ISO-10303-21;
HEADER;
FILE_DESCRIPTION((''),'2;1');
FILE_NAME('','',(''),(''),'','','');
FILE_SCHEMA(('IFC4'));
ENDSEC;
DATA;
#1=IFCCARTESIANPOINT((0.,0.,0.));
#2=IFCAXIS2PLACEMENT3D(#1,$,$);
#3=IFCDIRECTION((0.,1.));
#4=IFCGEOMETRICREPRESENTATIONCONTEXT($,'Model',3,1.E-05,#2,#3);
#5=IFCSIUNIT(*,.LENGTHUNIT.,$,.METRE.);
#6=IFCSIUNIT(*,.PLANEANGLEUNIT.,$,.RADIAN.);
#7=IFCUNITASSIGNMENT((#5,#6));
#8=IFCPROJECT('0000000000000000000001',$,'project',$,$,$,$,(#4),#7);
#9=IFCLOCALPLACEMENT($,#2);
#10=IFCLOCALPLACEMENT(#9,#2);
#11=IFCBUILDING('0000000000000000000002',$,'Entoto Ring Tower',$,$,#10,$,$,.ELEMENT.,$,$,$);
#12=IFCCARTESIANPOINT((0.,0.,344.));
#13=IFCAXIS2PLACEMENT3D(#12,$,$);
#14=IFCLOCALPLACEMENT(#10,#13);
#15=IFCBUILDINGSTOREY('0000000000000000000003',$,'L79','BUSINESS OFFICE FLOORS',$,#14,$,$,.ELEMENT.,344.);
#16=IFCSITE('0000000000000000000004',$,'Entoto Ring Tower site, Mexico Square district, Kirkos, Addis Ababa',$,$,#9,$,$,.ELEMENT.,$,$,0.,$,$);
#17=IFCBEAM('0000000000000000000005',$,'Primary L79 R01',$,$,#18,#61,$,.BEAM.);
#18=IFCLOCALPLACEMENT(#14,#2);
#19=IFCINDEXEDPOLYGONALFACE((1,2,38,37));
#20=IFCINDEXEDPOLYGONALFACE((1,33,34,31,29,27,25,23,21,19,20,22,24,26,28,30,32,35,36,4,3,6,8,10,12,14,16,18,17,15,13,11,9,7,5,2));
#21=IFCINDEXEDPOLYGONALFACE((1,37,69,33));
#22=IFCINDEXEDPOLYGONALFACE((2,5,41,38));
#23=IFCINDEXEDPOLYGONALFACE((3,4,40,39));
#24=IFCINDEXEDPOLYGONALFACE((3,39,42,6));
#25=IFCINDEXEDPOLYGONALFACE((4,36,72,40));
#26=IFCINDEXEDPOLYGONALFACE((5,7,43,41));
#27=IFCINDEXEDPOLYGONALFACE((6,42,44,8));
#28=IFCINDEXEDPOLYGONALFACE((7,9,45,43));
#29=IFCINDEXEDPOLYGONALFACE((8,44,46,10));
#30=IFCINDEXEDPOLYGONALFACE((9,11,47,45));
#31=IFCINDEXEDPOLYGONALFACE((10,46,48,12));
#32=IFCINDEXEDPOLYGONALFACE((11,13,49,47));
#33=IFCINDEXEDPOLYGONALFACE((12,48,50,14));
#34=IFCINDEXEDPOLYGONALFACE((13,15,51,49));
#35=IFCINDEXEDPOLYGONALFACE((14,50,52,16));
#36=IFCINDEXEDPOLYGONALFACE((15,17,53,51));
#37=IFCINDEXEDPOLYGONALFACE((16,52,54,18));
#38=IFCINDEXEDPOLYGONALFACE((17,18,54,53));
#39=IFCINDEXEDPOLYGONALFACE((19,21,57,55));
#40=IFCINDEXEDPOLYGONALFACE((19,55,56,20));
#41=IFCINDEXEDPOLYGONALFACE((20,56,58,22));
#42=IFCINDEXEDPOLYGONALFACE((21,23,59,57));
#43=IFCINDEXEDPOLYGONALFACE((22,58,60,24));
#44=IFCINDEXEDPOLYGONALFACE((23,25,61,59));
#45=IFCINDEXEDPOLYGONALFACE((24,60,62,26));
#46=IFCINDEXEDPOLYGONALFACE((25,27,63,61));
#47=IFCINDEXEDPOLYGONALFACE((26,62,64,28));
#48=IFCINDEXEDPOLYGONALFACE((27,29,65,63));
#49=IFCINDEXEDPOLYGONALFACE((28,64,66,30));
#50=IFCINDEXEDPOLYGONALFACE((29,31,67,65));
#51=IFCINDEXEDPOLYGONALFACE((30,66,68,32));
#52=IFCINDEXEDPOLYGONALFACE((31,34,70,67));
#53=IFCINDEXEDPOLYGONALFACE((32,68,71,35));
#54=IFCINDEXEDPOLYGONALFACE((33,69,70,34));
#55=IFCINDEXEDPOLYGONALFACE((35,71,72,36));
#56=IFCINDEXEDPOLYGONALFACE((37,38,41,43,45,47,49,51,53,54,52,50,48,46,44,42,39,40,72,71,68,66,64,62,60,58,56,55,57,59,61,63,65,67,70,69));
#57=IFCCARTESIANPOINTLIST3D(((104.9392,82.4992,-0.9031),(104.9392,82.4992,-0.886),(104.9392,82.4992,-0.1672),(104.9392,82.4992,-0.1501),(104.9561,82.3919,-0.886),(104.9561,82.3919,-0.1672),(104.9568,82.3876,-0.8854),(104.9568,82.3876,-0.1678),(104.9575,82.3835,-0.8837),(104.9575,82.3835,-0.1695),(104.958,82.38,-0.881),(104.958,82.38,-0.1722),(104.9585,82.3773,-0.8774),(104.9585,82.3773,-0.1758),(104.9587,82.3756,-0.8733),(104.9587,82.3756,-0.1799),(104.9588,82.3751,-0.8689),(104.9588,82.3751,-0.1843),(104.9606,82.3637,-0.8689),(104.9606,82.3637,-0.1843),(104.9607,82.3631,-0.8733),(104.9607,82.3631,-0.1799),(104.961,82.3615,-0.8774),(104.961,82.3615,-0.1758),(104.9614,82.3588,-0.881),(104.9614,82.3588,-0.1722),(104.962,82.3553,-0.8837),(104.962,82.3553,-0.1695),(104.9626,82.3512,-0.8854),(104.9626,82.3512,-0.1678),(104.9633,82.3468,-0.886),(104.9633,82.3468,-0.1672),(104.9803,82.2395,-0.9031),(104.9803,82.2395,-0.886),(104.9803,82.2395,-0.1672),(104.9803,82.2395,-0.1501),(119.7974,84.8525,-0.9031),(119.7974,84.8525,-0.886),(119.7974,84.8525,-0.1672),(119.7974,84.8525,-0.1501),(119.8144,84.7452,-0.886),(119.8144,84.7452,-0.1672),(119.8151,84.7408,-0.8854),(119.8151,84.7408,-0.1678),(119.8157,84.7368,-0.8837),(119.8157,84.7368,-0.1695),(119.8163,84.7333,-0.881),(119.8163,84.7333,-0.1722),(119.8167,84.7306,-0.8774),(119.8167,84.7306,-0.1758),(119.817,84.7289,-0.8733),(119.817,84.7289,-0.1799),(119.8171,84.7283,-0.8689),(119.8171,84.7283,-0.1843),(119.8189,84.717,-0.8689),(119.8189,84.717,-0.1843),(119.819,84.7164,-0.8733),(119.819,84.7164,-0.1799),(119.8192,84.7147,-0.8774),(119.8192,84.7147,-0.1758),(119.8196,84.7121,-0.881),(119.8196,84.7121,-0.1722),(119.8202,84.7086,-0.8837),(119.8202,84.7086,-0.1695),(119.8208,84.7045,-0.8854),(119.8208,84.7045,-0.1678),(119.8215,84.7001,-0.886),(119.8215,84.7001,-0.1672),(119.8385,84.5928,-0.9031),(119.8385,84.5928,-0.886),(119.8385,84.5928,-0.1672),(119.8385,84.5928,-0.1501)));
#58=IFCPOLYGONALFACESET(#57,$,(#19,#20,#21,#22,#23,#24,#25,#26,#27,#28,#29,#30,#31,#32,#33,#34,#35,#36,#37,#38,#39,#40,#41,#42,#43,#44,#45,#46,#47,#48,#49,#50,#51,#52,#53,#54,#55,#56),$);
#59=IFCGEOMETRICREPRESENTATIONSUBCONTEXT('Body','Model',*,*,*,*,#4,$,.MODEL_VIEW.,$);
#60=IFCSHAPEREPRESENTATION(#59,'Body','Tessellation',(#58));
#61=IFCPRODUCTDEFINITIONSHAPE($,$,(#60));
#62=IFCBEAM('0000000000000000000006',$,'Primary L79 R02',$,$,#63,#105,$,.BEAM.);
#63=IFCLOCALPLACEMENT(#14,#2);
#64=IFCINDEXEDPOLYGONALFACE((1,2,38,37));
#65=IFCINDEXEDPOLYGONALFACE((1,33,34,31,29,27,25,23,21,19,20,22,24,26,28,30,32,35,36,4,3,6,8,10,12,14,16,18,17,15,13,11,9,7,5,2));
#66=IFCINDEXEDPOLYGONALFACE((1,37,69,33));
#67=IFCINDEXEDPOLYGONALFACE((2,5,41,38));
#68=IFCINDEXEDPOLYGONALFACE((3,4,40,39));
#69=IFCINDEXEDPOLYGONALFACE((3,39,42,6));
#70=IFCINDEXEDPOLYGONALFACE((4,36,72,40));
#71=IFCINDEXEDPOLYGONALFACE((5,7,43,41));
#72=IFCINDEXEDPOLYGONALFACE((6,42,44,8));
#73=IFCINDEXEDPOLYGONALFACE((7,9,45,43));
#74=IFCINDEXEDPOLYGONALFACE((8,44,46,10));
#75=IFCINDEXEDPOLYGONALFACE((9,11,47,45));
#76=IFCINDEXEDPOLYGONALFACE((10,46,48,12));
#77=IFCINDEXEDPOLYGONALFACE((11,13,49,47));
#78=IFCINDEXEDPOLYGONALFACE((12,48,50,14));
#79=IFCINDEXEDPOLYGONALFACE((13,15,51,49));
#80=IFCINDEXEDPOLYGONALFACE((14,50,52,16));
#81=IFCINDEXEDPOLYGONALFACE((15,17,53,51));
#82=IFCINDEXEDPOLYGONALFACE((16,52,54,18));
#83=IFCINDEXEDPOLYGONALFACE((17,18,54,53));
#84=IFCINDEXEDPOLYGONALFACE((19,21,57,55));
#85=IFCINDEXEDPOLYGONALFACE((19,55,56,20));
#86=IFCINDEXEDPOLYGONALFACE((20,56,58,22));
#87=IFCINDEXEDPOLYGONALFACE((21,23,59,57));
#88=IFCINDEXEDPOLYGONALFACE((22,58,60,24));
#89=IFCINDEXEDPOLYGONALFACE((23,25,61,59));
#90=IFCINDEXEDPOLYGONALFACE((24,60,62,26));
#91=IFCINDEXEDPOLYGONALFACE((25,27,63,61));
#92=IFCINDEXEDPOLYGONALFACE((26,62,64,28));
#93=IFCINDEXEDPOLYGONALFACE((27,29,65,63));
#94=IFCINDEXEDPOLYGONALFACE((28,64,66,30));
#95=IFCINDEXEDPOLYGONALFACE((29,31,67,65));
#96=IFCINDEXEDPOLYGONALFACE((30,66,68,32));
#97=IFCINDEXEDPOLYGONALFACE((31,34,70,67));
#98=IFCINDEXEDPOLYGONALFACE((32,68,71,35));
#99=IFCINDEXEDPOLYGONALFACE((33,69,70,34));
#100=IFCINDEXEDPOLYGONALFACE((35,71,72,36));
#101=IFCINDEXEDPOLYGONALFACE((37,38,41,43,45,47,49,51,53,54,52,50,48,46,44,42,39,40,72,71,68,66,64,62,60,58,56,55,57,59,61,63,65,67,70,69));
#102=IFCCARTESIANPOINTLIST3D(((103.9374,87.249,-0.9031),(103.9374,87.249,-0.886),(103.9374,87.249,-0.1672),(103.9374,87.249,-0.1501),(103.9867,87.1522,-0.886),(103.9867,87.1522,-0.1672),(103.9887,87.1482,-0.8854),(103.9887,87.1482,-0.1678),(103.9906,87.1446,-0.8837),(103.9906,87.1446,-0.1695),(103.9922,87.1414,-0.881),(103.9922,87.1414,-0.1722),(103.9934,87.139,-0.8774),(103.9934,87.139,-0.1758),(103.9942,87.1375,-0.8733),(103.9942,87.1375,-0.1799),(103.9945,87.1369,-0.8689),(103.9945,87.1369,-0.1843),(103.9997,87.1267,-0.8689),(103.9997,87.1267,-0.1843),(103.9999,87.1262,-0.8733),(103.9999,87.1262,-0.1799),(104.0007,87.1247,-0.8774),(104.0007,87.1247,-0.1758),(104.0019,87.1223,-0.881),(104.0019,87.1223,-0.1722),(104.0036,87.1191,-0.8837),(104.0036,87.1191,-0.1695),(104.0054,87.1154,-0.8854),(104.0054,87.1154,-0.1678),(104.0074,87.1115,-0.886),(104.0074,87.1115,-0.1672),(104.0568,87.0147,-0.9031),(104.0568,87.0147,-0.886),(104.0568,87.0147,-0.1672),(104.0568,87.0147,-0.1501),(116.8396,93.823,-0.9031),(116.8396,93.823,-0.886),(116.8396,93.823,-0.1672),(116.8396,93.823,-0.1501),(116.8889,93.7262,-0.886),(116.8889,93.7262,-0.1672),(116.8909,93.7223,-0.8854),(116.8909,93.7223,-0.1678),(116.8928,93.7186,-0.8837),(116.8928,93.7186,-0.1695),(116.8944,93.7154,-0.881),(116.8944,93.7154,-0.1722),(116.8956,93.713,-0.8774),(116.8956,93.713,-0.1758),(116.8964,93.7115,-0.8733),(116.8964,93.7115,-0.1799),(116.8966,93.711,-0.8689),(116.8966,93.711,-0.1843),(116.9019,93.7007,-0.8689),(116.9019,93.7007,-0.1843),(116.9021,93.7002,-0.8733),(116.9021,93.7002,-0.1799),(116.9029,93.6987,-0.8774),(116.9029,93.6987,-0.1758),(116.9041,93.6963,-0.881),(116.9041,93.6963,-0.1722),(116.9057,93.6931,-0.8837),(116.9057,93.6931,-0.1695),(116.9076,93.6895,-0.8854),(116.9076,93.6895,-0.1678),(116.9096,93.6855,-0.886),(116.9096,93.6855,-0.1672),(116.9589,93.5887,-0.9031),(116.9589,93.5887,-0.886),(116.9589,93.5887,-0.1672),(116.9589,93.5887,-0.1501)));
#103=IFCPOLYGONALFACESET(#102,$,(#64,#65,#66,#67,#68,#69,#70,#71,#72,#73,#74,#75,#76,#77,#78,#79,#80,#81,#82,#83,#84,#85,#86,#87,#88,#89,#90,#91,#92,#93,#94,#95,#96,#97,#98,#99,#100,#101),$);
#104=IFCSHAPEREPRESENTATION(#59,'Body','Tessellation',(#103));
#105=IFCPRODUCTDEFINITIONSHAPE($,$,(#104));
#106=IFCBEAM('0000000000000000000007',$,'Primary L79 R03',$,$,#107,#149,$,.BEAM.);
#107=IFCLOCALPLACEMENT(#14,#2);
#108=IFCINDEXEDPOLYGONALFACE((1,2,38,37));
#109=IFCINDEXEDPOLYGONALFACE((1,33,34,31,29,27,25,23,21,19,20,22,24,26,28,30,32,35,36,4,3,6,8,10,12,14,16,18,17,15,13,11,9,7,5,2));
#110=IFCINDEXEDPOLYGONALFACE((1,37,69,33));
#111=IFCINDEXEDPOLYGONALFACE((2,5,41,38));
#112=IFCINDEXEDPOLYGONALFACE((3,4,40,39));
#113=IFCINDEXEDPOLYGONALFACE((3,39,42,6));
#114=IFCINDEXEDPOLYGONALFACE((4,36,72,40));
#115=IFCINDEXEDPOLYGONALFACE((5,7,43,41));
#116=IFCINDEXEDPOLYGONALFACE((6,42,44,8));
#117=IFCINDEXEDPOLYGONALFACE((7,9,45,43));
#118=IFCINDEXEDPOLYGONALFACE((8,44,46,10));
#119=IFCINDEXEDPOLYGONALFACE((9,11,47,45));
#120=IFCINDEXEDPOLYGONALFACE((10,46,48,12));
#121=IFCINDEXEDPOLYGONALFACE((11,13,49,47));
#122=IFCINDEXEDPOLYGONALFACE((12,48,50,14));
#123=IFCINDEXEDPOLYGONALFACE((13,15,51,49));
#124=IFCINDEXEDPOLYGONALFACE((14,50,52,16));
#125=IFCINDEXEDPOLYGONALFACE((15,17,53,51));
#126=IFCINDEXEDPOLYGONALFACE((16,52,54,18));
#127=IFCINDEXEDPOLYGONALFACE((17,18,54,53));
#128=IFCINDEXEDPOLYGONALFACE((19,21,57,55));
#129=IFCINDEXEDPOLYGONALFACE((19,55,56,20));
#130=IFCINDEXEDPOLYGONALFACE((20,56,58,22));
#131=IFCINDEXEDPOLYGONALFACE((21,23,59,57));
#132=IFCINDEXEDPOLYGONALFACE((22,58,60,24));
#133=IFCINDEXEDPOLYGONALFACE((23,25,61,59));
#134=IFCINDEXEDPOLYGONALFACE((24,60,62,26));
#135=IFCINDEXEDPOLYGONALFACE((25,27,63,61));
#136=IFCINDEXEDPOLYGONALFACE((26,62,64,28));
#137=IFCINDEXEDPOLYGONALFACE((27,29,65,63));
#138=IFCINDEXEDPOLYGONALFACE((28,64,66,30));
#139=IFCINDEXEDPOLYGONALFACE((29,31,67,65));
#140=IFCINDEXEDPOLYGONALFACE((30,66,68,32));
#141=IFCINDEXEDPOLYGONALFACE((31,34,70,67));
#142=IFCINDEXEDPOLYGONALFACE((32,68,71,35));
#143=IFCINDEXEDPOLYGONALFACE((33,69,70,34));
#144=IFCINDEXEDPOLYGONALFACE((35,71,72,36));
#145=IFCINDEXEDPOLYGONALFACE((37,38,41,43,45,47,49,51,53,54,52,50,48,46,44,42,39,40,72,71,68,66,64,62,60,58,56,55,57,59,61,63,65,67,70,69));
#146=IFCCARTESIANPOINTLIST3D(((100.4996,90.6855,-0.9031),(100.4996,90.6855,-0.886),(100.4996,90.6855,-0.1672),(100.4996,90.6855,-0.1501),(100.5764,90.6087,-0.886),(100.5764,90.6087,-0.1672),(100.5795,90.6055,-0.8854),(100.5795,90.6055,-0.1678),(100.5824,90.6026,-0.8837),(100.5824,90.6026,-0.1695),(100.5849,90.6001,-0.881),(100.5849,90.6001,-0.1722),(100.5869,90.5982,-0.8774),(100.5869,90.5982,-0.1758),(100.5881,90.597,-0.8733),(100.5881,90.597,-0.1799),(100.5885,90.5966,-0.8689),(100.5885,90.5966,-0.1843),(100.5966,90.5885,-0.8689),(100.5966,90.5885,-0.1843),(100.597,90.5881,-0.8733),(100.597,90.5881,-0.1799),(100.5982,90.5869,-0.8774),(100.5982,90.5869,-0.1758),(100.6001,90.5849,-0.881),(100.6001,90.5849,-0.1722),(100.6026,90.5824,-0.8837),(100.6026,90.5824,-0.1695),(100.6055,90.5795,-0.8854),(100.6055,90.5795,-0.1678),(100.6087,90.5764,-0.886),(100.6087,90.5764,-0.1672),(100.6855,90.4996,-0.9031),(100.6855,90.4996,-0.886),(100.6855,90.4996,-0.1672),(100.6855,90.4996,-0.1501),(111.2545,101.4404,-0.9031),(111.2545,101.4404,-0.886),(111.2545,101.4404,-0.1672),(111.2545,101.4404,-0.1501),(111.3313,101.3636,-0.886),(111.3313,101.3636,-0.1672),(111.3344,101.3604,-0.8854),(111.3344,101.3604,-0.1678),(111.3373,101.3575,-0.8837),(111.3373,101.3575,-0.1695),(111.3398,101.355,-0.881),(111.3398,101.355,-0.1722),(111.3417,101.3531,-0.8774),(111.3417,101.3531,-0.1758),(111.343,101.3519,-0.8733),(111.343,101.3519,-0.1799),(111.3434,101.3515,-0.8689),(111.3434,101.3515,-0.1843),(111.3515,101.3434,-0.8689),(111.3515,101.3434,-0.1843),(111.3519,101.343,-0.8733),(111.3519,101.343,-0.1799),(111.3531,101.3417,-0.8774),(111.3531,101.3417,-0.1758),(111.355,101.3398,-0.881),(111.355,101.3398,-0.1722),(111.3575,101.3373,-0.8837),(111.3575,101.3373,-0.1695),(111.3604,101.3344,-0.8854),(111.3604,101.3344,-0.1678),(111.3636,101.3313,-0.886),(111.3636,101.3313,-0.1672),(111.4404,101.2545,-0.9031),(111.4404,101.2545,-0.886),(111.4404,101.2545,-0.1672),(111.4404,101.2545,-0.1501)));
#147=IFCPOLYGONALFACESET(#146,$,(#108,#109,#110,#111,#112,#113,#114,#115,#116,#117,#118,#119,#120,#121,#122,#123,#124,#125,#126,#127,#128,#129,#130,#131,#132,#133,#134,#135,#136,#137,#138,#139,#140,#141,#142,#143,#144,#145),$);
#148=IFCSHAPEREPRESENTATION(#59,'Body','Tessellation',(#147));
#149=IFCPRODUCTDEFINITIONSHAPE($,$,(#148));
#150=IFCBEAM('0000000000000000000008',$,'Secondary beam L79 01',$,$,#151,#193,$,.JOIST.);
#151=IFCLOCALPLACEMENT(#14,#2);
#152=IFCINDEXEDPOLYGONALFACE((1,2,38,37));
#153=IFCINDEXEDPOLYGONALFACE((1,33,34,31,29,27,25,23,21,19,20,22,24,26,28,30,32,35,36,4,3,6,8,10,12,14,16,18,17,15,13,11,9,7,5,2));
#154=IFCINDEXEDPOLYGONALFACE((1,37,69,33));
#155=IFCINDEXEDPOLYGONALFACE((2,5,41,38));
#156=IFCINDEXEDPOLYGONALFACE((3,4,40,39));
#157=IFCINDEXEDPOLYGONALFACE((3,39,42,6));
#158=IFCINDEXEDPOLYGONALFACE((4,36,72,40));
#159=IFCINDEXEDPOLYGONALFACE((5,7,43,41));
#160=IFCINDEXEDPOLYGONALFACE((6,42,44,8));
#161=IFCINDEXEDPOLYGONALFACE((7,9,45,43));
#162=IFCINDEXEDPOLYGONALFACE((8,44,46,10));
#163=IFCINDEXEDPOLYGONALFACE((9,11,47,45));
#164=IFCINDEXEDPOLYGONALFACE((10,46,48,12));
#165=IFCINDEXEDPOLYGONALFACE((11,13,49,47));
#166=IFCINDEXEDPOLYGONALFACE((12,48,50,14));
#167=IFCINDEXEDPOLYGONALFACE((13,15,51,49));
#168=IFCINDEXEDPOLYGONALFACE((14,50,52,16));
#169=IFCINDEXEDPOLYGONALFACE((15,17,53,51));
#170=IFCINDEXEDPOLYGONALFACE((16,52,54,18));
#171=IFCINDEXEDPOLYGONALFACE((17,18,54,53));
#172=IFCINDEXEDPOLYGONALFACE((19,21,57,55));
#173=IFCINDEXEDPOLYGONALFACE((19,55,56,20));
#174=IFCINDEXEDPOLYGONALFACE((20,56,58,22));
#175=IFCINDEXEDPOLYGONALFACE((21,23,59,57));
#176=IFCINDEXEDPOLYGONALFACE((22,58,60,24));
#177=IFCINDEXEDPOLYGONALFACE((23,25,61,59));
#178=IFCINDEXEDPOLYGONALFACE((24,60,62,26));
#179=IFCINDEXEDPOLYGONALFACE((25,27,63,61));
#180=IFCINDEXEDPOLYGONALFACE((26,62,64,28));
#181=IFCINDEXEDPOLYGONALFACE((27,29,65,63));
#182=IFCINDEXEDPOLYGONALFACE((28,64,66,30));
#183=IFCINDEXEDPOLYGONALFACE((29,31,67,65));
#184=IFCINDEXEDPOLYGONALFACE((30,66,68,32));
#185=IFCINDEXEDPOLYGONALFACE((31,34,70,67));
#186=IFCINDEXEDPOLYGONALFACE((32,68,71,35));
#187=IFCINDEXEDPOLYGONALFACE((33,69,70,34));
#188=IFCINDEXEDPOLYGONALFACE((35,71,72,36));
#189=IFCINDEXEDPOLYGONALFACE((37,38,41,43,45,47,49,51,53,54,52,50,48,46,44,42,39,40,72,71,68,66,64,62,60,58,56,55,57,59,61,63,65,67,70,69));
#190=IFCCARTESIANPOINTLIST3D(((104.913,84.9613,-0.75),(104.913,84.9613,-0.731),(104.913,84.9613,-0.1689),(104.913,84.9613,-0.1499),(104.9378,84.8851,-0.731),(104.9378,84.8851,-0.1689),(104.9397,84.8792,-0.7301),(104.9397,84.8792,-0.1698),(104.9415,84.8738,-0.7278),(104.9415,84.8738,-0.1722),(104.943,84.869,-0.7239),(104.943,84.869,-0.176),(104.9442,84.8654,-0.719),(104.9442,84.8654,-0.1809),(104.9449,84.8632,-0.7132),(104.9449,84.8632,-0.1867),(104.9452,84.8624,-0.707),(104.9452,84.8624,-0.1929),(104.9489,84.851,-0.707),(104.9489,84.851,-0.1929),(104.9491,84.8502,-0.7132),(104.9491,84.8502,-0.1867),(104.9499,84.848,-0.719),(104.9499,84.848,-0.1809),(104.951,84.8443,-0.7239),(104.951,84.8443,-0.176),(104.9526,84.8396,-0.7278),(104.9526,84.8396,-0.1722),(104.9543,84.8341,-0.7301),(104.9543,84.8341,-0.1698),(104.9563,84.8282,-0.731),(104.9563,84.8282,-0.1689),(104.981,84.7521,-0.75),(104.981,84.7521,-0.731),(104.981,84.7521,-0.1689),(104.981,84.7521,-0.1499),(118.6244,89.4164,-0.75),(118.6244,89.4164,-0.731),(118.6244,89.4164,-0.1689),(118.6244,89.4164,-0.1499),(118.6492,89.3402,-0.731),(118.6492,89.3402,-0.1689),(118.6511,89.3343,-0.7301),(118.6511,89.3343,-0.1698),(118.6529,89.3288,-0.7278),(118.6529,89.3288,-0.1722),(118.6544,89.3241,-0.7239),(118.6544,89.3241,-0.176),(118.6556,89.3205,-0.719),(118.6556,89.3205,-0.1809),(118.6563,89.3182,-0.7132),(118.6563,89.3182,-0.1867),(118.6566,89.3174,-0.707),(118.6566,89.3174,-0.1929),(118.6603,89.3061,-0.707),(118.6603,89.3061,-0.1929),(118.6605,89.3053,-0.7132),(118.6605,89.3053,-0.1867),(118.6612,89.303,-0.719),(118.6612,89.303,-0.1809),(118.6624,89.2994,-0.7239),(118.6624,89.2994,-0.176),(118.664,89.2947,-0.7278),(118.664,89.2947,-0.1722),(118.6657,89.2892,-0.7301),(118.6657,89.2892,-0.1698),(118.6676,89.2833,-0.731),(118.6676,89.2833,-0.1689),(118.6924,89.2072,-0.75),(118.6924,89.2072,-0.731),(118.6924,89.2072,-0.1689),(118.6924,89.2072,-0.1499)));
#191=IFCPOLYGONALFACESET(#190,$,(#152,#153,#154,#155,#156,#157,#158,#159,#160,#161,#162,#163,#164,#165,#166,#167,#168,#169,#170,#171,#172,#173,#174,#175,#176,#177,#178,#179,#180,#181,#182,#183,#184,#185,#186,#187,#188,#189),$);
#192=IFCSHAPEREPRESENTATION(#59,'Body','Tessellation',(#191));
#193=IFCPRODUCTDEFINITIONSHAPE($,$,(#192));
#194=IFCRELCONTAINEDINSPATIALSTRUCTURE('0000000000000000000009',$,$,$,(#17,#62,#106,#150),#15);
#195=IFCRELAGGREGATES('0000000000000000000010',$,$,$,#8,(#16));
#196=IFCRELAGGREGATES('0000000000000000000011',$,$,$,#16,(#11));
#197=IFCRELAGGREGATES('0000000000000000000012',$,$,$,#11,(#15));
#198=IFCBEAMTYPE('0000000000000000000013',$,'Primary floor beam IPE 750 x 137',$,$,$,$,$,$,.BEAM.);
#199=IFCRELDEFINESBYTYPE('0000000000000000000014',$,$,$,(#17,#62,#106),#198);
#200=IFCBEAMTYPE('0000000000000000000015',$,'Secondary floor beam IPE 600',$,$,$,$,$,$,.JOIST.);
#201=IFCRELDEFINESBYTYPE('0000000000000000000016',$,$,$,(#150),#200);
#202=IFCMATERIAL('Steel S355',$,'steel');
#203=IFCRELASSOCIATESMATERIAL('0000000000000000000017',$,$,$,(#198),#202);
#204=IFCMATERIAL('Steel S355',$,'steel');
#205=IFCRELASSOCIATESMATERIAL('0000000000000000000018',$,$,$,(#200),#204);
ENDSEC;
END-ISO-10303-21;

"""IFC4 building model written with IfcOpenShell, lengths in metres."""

from ifc_helpers import new_model, si_unit, direction, frame, origin, origin_2d, place, context, subcontext, project, spatial, i_section, extrude, material, material_profile, profile_set, type_object, element, save


model = new_model("IFC4")

# Units and contexts
model_context = context("Model", 3, precision=1e-05, world=origin(), true_north=direction((0.0, 1.0)))
body_context = subcontext(model_context, "Body", "Model", "MODEL_VIEW")
ifc_project = project(units=[si_unit("LENGTHUNIT", "METRE"), si_unit("PLANEANGLEUNIT", "RADIAN")], contexts=[model_context])

# Site, building, storey
site_placement = place(None, origin())
site = spatial("IfcSite", under=ifc_project, at=site_placement, Name="Entoto Ring Tower site, Mexico Square district, Kirkos, Addis Ababa", CompositionType="ELEMENT", RefElevation=0.0)
building_placement = place(site_placement, origin())
building = spatial("IfcBuilding", under=site, at=building_placement, Name="Entoto Ring Tower", CompositionType="ELEMENT")
storey_placement = place(building_placement, frame((0.0, 0.0, 344.0)))
storey = spatial("IfcBuildingStorey", under=building, at=storey_placement, Name="L79", Description="BUSINESS OFFICE FLOORS", CompositionType="ELEMENT", Elevation=344.0)

# Beams
ifc_material_1 = material(Name="Steel S355", Category="steel")
ifc_material_profile_1 = material_profile(ifc_material_1, i_section(OverallWidth=0.2629, OverallDepth=0.7529, WebThickness=0.0115, FlangeThickness=0.0171, FilletRadius=0.0171, at=origin_2d()), Name="IPE 750 x 137")
ifc_profile_set_1 = profile_set([ifc_material_profile_1], Name="Steel S355")
beam_type_1 = type_object("IfcBeamType", Name="Primary floor beam IPE 750 x 137", PredefinedType="BEAM", material=ifc_profile_set_1)
beam_1_placement = place(storey_placement, frame((104.9597, 82.3694, -0.5266), z_axis=(0.987689, 0.156433, 0.0), x_axis=(-0.156433, 0.987689, 0.0)))
element("IfcBeam", 1, at=beam_1_placement, inside=storey, type_object=beam_type_1, Name="Primary L79 R01", PredefinedType="BEAM", context=body_context, shape_type="SweptSolid", body=[
    extrude(i_section(OverallWidth=0.2629, OverallDepth=0.7529, WebThickness=0.0115, FlangeThickness=0.0171, FilletRadius=0.0171, at=origin_2d()), origin(), (0.0, 0.0, 1.0), 15.0435),
])
beam_2_placement = place(storey_placement, frame((103.9971, 87.1318, -0.5266), z_axis=(0.891006, 0.453992, 0.0), x_axis=(-0.453992, 0.891006, 0.0)))
element("IfcBeam", 2, at=beam_2_placement, inside=storey, type_object=beam_type_1, Name="Primary L79 R02", PredefinedType="BEAM", context=body_context, shape_type="SweptSolid", body=[
    extrude(i_section(OverallWidth=0.2629, OverallDepth=0.7529, WebThickness=0.0115, FlangeThickness=0.0171, FilletRadius=0.0171, at=origin_2d()), origin(), (0.0, 0.0, 1.0), 14.4805),
])
beam_3_placement = place(storey_placement, frame((100.5925, 90.5925, -0.5266), z_axis=(0.707107, 0.707107, 0.0), x_axis=(-0.707107, 0.707107, 0.0)))
element("IfcBeam", 3, at=beam_3_placement, inside=storey, type_object=beam_type_1, Name="Primary L79 R03", PredefinedType="BEAM", context=body_context, shape_type="SweptSolid", body=[
    extrude(i_section(OverallWidth=0.2629, OverallDepth=0.7529, WebThickness=0.0115, FlangeThickness=0.0171, FilletRadius=0.0171, at=origin_2d()), origin(), (0.0, 0.0, 1.0), 15.2097),
])
ifc_material_2 = material(Name="Steel S355", Category="steel")
ifc_material_profile_2 = material_profile(ifc_material_2, i_section(OverallWidth=0.22, OverallDepth=0.6001, WebThickness=0.012, FlangeThickness=0.019, FilletRadius=0.0239, at=origin_2d()), Name="IPE 600")
ifc_profile_set_2 = profile_set([ifc_material_profile_2], Name="Steel S355")
beam_type_2 = type_object("IfcBeamType", Name="Secondary floor beam IPE 600", PredefinedType="JOIST", material=ifc_profile_set_2)
beam_4_placement = place(storey_placement, frame((104.947, 84.8567, -0.45), z_axis=(0.951057, 0.309015, 0.0), x_axis=(-0.309015, 0.951057, 0.0)))
element("IfcBeam", 4, at=beam_4_placement, inside=storey, type_object=beam_type_2, Name="Secondary beam L79 01", PredefinedType="JOIST", context=body_context, shape_type="SweptSolid", body=[
    extrude(i_section(OverallWidth=0.22, OverallDepth=0.6001, WebThickness=0.012, FlangeThickness=0.019, FilletRadius=0.0239, at=origin_2d()), origin(), (0.0, 0.0, 1.0), 14.417),
])

save(model, "model.ifc")
